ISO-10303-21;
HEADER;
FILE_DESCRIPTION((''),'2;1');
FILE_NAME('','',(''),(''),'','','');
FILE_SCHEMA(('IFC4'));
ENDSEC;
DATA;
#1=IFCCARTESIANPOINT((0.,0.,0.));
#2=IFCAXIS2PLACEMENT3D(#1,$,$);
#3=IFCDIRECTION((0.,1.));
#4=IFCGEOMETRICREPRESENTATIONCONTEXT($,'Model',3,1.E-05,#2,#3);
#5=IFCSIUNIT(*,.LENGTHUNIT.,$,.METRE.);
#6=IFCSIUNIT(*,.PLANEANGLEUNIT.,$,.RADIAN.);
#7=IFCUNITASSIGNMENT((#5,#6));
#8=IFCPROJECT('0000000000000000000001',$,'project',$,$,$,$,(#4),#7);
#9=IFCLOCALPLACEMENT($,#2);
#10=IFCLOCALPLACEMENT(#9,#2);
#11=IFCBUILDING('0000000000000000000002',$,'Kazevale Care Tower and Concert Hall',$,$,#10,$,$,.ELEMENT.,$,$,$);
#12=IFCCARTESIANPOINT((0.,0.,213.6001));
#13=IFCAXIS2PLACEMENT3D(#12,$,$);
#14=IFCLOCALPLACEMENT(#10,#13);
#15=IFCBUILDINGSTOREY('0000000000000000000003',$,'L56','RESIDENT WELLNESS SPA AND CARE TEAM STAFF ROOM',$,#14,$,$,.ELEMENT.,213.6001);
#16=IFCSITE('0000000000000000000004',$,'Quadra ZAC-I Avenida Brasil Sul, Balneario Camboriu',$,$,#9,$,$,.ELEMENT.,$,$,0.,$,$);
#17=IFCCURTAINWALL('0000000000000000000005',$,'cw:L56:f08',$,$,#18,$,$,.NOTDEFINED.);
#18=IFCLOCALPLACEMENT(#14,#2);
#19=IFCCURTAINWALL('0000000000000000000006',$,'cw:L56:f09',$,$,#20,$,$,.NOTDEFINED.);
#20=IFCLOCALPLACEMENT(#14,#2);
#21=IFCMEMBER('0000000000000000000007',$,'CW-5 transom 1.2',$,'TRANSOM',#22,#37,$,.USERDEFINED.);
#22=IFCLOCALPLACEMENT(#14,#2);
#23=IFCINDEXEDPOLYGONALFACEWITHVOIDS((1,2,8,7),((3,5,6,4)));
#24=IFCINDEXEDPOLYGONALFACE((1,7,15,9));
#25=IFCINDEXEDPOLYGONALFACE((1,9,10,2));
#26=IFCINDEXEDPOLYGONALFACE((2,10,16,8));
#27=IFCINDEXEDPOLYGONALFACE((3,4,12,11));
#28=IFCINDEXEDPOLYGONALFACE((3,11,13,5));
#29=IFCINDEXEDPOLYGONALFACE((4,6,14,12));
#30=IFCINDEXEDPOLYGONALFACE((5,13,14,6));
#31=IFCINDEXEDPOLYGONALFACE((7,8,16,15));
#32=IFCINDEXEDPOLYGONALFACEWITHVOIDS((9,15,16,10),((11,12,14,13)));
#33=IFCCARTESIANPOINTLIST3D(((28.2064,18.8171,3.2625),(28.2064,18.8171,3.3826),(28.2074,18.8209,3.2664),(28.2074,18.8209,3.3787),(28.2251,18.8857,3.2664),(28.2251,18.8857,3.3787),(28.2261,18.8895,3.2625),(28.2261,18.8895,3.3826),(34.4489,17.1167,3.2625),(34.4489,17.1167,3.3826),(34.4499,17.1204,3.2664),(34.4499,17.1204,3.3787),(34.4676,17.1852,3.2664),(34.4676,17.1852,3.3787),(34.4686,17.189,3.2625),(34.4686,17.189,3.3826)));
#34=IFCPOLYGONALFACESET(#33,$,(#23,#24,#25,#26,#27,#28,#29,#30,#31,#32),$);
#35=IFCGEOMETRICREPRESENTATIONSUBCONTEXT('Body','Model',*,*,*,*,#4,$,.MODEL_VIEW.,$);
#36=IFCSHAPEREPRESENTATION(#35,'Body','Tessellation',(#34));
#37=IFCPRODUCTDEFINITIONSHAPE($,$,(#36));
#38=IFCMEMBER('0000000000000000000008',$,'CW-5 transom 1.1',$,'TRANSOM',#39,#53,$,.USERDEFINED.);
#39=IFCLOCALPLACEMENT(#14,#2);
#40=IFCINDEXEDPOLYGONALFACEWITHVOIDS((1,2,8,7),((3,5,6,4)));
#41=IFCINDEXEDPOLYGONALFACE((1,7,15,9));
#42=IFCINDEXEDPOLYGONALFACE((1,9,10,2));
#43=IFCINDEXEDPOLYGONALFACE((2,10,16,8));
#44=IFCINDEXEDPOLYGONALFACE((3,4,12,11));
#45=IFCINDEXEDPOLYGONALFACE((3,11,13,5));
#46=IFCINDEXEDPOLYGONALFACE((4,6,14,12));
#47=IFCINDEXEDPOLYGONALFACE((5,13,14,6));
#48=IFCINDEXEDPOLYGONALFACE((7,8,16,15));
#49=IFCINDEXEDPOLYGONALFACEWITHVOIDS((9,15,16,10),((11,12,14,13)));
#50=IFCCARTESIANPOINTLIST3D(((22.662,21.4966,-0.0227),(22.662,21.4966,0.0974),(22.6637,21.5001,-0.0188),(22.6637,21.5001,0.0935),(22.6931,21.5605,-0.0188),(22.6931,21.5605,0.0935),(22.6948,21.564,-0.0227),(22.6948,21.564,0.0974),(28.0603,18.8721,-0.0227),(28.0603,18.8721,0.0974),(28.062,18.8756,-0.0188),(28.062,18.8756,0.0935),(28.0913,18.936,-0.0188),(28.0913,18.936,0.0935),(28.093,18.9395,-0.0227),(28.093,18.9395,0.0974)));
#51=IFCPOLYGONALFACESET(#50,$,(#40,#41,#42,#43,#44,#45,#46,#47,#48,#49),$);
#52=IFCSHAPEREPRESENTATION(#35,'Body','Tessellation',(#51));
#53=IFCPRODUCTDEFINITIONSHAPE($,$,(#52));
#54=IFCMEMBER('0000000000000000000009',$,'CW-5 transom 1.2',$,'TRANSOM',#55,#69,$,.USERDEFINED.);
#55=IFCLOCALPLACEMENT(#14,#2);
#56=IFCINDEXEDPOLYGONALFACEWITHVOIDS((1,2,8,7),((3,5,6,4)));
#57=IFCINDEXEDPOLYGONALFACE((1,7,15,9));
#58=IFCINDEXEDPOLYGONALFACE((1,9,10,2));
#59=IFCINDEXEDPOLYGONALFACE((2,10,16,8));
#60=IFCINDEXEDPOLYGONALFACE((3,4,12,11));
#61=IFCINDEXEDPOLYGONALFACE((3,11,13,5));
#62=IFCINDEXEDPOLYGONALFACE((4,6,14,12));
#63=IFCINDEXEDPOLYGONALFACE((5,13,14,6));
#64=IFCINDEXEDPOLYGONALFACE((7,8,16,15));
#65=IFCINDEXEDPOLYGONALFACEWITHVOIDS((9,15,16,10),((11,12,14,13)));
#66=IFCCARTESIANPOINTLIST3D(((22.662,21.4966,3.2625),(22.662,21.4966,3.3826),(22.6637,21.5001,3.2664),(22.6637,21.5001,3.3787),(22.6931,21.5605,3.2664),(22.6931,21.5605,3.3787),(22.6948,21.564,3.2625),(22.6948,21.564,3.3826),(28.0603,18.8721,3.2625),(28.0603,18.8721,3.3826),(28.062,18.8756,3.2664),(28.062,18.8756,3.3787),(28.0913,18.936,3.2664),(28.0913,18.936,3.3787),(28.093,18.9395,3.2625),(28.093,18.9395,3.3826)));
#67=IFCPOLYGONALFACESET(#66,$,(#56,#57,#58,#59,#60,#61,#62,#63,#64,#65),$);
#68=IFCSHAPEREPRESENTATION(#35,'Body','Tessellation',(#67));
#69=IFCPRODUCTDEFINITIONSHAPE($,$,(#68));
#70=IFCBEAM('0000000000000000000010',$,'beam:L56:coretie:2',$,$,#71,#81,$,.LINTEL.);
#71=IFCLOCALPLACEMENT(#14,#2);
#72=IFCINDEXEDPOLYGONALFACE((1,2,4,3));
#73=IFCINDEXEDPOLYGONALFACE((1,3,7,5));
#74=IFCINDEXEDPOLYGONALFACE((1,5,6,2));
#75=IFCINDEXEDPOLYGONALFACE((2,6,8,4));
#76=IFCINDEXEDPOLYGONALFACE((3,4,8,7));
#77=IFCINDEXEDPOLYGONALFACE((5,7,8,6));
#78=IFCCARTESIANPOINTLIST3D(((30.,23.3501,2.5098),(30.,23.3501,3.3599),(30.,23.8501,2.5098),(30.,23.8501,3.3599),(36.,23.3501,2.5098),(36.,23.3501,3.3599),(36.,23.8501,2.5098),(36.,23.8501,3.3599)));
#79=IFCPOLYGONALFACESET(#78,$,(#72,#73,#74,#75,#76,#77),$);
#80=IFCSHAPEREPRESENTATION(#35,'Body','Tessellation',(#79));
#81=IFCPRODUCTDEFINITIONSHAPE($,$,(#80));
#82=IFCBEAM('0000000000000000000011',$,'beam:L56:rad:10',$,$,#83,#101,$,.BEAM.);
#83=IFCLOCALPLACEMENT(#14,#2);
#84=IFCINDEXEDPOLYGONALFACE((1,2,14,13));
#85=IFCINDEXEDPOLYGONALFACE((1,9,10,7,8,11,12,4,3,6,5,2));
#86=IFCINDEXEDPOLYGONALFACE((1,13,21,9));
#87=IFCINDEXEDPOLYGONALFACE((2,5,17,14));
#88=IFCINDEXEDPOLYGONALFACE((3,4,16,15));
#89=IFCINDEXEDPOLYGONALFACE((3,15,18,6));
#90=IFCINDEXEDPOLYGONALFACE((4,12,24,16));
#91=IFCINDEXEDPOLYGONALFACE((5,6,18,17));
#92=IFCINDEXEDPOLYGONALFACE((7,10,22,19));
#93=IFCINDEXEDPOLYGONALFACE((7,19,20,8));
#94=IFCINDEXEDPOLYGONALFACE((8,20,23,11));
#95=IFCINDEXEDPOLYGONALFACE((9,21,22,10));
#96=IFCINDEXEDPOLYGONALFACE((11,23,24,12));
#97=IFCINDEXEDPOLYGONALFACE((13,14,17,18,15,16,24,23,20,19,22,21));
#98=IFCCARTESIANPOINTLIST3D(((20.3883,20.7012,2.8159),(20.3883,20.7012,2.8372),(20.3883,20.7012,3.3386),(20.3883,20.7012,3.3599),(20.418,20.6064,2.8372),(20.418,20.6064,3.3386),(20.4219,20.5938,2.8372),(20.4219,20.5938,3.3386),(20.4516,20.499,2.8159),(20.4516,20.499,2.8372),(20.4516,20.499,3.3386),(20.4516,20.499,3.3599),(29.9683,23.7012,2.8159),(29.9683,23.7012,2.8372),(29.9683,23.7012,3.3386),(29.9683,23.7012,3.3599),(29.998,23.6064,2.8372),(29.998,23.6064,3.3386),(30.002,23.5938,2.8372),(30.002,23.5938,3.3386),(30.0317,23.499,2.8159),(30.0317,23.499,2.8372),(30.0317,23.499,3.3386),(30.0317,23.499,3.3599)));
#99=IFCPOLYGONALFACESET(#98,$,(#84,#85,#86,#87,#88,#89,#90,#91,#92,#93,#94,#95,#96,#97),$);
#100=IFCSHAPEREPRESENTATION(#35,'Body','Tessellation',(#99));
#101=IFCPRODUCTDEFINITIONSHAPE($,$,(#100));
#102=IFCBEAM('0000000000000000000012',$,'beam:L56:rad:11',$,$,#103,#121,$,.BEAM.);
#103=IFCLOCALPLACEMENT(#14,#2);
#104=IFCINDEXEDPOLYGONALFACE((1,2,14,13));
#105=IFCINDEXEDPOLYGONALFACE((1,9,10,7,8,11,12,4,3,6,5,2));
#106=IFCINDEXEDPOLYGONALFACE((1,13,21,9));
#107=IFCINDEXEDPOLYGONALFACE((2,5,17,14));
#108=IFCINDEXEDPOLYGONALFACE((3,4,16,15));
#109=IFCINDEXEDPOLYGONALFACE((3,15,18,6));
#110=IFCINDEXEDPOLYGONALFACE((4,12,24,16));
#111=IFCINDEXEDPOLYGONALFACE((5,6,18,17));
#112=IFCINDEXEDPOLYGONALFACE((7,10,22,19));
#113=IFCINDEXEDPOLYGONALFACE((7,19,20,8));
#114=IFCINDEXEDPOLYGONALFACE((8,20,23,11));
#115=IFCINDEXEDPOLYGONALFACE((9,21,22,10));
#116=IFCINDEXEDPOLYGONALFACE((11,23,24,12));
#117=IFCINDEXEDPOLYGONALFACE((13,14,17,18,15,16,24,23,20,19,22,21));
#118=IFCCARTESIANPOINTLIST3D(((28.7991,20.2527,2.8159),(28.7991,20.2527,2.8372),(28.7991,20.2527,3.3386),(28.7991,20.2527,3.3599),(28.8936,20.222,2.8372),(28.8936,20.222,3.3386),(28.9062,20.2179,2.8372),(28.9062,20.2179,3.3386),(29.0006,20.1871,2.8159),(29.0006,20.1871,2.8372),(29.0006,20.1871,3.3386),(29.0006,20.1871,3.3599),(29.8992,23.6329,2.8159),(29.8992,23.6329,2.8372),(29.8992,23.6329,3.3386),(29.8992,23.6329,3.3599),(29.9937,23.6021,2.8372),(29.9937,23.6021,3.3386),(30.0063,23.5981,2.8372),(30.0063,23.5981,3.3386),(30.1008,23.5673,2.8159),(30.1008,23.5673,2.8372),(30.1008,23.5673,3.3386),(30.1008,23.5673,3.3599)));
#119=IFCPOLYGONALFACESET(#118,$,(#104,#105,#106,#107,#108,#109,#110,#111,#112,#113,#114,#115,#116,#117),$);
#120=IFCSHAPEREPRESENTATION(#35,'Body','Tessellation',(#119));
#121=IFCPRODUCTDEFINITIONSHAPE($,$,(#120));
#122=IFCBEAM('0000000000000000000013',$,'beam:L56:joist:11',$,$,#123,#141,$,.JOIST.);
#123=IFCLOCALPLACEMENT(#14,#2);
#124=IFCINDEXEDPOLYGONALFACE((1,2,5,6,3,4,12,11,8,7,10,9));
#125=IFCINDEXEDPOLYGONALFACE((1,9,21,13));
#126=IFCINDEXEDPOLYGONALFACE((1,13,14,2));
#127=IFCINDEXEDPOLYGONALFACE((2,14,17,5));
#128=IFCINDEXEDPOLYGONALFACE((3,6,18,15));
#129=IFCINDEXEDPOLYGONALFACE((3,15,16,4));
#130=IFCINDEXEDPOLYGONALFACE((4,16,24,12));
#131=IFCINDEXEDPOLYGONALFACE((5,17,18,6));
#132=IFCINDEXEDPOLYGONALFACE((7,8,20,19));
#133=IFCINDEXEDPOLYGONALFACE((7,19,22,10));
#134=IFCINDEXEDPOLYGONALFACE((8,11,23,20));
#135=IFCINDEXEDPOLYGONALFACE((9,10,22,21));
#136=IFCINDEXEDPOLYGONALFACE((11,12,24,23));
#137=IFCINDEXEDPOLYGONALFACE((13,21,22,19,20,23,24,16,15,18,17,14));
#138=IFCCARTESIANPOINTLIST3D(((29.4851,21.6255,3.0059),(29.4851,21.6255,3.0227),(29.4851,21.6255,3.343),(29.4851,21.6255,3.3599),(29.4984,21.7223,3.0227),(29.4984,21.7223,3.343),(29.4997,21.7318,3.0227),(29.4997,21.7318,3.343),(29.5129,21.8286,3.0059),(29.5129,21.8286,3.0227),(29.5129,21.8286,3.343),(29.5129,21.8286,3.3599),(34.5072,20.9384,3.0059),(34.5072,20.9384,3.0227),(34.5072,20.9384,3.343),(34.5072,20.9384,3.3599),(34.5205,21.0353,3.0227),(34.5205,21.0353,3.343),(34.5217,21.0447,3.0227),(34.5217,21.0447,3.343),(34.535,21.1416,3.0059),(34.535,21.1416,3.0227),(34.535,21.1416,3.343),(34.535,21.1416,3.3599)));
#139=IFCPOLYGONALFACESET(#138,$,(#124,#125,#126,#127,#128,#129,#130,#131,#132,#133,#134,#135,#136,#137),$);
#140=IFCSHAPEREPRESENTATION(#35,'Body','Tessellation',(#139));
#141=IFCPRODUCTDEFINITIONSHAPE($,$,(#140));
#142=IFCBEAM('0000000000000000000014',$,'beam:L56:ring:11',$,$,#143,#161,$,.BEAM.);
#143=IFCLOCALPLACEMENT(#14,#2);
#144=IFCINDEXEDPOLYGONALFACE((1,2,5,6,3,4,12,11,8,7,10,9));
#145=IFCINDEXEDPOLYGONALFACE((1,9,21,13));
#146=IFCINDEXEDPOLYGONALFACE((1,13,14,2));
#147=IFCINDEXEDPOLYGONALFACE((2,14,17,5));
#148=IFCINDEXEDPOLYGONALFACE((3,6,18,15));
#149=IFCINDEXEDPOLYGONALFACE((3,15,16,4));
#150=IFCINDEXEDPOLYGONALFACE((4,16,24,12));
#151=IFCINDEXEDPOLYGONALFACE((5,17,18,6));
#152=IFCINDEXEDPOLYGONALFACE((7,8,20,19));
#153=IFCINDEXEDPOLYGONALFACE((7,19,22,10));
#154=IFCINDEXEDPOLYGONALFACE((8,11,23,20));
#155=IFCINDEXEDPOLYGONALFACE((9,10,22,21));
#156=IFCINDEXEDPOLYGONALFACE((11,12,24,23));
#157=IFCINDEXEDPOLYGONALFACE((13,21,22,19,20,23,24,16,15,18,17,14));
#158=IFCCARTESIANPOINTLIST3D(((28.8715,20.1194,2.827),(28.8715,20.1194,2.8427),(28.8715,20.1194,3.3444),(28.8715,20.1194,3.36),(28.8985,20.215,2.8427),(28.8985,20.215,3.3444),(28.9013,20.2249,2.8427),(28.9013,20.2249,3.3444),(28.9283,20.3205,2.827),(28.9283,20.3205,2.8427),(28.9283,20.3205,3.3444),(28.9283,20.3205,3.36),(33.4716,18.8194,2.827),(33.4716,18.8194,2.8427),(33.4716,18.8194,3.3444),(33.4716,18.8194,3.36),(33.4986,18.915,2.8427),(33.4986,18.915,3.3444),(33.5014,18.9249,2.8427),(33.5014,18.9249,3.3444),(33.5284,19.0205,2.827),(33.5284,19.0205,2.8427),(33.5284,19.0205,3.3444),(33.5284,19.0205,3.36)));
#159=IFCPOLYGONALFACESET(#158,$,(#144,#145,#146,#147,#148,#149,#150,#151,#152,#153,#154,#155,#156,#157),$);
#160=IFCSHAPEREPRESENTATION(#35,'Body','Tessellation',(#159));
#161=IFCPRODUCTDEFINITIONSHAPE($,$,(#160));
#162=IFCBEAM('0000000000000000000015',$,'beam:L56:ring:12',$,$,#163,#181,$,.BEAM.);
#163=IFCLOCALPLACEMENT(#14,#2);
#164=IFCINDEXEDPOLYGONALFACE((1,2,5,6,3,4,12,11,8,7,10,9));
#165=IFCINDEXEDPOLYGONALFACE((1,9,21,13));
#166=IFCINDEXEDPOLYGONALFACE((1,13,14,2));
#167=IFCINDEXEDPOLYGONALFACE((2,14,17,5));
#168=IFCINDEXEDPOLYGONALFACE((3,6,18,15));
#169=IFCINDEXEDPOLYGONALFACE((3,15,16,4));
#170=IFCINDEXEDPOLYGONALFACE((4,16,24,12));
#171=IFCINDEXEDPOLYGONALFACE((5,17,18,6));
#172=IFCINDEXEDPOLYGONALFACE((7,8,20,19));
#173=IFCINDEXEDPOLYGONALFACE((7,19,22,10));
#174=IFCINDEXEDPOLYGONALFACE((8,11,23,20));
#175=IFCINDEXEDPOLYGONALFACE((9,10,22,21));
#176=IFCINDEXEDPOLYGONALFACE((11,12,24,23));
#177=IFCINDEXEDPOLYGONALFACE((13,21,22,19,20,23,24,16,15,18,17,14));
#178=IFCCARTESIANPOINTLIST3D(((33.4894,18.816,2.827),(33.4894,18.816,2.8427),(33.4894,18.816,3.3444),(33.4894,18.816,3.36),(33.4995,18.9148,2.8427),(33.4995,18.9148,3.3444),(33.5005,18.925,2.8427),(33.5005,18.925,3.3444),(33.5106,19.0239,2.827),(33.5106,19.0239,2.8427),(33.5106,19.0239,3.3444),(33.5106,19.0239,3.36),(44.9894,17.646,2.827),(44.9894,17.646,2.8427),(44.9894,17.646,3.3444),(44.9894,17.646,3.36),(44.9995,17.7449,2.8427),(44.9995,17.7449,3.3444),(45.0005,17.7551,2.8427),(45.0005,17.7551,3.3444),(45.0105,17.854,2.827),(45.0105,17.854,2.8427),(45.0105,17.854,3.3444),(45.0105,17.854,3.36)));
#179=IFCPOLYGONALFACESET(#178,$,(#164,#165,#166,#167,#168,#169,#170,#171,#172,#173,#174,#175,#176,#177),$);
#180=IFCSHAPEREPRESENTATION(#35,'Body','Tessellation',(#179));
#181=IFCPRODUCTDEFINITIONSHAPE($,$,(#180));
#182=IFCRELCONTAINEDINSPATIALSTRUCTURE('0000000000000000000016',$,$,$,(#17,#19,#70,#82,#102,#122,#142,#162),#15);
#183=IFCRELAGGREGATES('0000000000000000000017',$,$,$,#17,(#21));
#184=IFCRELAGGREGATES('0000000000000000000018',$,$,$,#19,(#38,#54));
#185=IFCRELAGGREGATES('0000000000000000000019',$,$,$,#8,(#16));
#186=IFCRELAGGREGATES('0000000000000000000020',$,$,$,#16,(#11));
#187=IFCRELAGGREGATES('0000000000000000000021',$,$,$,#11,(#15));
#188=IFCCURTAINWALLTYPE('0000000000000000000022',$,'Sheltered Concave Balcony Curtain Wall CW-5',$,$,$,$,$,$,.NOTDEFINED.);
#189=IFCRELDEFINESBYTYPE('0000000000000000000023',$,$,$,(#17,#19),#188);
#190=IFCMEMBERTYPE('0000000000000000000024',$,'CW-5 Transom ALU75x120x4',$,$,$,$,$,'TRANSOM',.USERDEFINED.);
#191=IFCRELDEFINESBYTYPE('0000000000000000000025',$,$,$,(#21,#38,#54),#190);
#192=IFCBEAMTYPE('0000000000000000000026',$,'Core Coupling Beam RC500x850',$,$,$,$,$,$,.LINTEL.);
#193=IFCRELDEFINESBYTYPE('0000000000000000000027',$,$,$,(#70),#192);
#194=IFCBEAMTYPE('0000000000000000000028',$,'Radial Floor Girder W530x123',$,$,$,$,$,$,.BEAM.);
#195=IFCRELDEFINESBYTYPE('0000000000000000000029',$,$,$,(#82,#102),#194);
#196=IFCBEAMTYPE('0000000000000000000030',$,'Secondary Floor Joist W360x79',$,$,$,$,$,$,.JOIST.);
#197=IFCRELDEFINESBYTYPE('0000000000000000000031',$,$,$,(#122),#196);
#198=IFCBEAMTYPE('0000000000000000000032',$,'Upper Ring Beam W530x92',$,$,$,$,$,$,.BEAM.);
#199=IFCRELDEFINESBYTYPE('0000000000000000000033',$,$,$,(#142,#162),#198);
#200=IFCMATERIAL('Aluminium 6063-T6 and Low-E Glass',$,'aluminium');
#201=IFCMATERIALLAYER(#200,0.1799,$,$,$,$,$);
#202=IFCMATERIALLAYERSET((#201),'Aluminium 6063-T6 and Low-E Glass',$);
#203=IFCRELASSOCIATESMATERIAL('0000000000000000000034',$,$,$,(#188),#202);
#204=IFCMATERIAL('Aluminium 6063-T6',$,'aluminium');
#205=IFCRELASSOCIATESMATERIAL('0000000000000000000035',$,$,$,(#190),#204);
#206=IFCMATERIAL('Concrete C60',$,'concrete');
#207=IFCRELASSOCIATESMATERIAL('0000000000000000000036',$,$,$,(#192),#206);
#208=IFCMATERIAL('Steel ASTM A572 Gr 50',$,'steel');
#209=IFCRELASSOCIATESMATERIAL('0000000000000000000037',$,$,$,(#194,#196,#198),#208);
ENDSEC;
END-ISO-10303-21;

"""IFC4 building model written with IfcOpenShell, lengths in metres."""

from ifc_helpers import new_model, si_unit, direction, frame, origin, origin_2d, place, context, subcontext, project, spatial, rectangle, hollow_rectangle, i_section, extrude, material, layer, layer_set, material_profile, profile_set, type_object, element, aggregate, save


model = new_model("IFC4")

# Units and contexts
model_context = context("Model", 3, precision=1e-05, world=origin(), true_north=direction((0.0, 1.0)))
body_context = subcontext(model_context, "Body", "Model", "MODEL_VIEW")
ifc_project = project(units=[si_unit("LENGTHUNIT", "METRE"), si_unit("PLANEANGLEUNIT", "RADIAN")], contexts=[model_context])

# Site, building, storey
site_placement = place(None, origin())
site = spatial("IfcSite", under=ifc_project, at=site_placement, Name="Quadra ZAC-I Avenida Brasil Sul, Balneario Camboriu", CompositionType="ELEMENT", RefElevation=0.0)
building_placement = place(site_placement, origin())
building = spatial("IfcBuilding", under=site, at=building_placement, Name="Kazevale Care Tower and Concert Hall", CompositionType="ELEMENT")
storey_placement = place(building_placement, frame((0.0, 0.0, 213.6001)))
storey = spatial("IfcBuildingStorey", under=building, at=storey_placement, Name="L56", Description="RESIDENT WELLNESS SPA AND CARE TEAM STAFF ROOM", CompositionType="ELEMENT", Elevation=213.6001)

# Curtain wall
ifc_material_1 = material(Name="Aluminium 6063-T6 and Low-E Glass", Category="aluminium")
ifc_layer_1 = layer(ifc_material_1, 0.1799)
ifc_layer_set_1 = layer_set([ifc_layer_1], Name="Aluminium 6063-T6 and Low-E Glass")
curtain_wall_type = type_object("IfcCurtainWallType", Name="Sheltered Concave Balcony Curtain Wall CW-5", PredefinedType="NOTDEFINED", material=ifc_layer_set_1)
curtain_wall_1_placement = place(storey_placement, origin())
curtain_wall_1 = element("IfcCurtainWall", 1, at=curtain_wall_1_placement, inside=storey, type_object=curtain_wall_type, Name="cw:L56:f08", PredefinedType="NOTDEFINED")
ifc_material_2 = material(Name="Aluminium 6063-T6", Category="aluminium")

# Curtain wall
curtain_wall_2_placement = place(storey_placement, origin())
curtain_wall_2 = element("IfcCurtainWall", 2, at=curtain_wall_2_placement, inside=storey, type_object=curtain_wall_type, Name="cw:L56:f09", PredefinedType="NOTDEFINED")

# Members
ifc_material_profile_1 = material_profile(ifc_material_2, hollow_rectangle(XDim=0.075, YDim=0.1201, WallThickness=0.0039, at=origin_2d()), Name="ALU75x120x4")
ifc_profile_set_1 = profile_set([ifc_material_profile_1], Name="Aluminium 6063-T6")
member_type_1 = type_object("IfcMemberType", Name="CW-5 Transom ALU75x120x4", ElementType="TRANSOM", PredefinedType="USERDEFINED", material=ifc_profile_set_1)
member_1_placement = place(storey_placement, frame((34.4587, 17.1528, 3.3225), z_axis=(-0.964844, 0.262824, 0.0), x_axis=(-0.262824, -0.964844, 0.0)))
member_1 = element("IfcMember", 3, at=member_1_placement, type_object=member_type_1, Name="CW-5 transom 1.2", ObjectType="TRANSOM", PredefinedType="USERDEFINED", context=body_context, shape_type="SweptSolid", body=[
    extrude(hollow_rectangle(XDim=0.075, YDim=0.1201, WallThickness=0.0039, at=origin_2d()), origin(), (0.0, 0.0, 1.0), 6.47),
])
member_2_placement = place(storey_placement, frame((28.0767, 18.9058, 0.0374), z_axis=(-0.899342, 0.437245, 0.0), x_axis=(-0.437245, -0.899342, 0.0)))
member_2 = element("IfcMember", 4, at=member_2_placement, type_object=member_type_1, Name="CW-5 transom 1.1", ObjectType="TRANSOM", PredefinedType="USERDEFINED", context=body_context, shape_type="SweptSolid", body=[
    extrude(hollow_rectangle(XDim=0.075, YDim=0.1201, WallThickness=0.0039, at=origin_2d()), origin(), (0.0, 0.0, 1.0), 6.0024),
])
member_3_placement = place(storey_placement, frame((28.0767, 18.9058, 3.3225), z_axis=(-0.899342, 0.437245, 0.0), x_axis=(-0.437245, -0.899342, 0.0)))
member_3 = element("IfcMember", 5, at=member_3_placement, type_object=member_type_1, Name="CW-5 transom 1.2", ObjectType="TRANSOM", PredefinedType="USERDEFINED", context=body_context, shape_type="SweptSolid", body=[
    extrude(hollow_rectangle(XDim=0.075, YDim=0.1201, WallThickness=0.0039, at=origin_2d()), origin(), (0.0, 0.0, 1.0), 6.0024),
])

# Beams
ifc_material_3 = material(Name="Concrete C60", Category="concrete")
ifc_material_profile_2 = material_profile(ifc_material_3, rectangle(XDim=0.5, YDim=0.8501, at=origin_2d()), Name="RC-B500x850")
ifc_profile_set_2 = profile_set([ifc_material_profile_2], Name="Concrete C60")
beam_type_1 = type_object("IfcBeamType", Name="Core Coupling Beam RC500x850", PredefinedType="LINTEL", material=ifc_profile_set_2)
beam_1_placement = place(storey_placement, frame((30.0, 23.6001, 2.9348), z_axis=(1.0, 0.0, 0.0), x_axis=(0.0, 1.0, 0.0)))
element("IfcBeam", 6, at=beam_1_placement, inside=storey, type_object=beam_type_1, Name="beam:L56:coretie:2", PredefinedType="LINTEL", context=body_context, shape_type="SweptSolid", body=[
    extrude(rectangle(XDim=0.5, YDim=0.8501, at=origin_2d()), origin(), (0.0, 0.0, 1.0), 6.0),
])
ifc_material_4 = material(Name="Steel ASTM A572 Gr 50", Category="steel")
ifc_material_profile_3 = material_profile(ifc_material_4, i_section(OverallWidth=0.2119, OverallDepth=0.5439, WebThickness=0.0132, FlangeThickness=0.0212, at=origin_2d()), Name="W530x123")
ifc_profile_set_3 = profile_set([ifc_material_profile_3], Name="Steel ASTM A572 Gr 50")
beam_type_2 = type_object("IfcBeamType", Name="Radial Floor Girder W530x123", PredefinedType="BEAM", material=ifc_profile_set_3)
beam_2_placement = place(storey_placement, frame((30.0, 23.6001, 3.0879), z_axis=(-0.954303, -0.29884, 0.0), x_axis=(0.29884, -0.954303, 0.0)))
element("IfcBeam", 7, at=beam_2_placement, inside=storey, type_object=beam_type_2, Name="beam:L56:rad:10", PredefinedType="BEAM", context=body_context, shape_type="SweptSolid", body=[
    extrude(i_section(OverallWidth=0.2119, OverallDepth=0.5439, WebThickness=0.0132, FlangeThickness=0.0212, at=origin_2d()), origin(), (0.0, 0.0, 1.0), 10.0388),
])
beam_3_placement = place(storey_placement, frame((30.0, 23.6001, 3.0879), z_axis=(-0.309482, -0.950905, 0.0), x_axis=(0.950905, -0.309482, 0.0)))
element("IfcBeam", 8, at=beam_3_placement, inside=storey, type_object=beam_type_2, Name="beam:L56:rad:11", PredefinedType="BEAM", context=body_context, shape_type="SweptSolid", body=[
    extrude(i_section(OverallWidth=0.2119, OverallDepth=0.5439, WebThickness=0.0132, FlangeThickness=0.0212, at=origin_2d()), origin(), (0.0, 0.0, 1.0), 3.5547),
])
ifc_material_profile_4 = material_profile(ifc_material_4, i_section(OverallWidth=0.2051, OverallDepth=0.354, WebThickness=0.0095, FlangeThickness=0.0168, at=origin_2d()), Name="W360x79")
ifc_profile_set_4 = profile_set([ifc_material_profile_4], Name="Steel ASTM A572 Gr 50")
beam_type_3 = type_object("IfcBeamType", Name="Secondary Floor Joist W360x79", PredefinedType="JOIST", material=ifc_profile_set_4)
beam_4_placement = place(storey_placement, frame((29.499, 21.7271, 3.1829), z_axis=(0.990772, -0.135539, 0.0), x_axis=(0.135539, 0.990772, 0.0)))
element("IfcBeam", 9, at=beam_4_placement, inside=storey, type_object=beam_type_3, Name="beam:L56:joist:11", PredefinedType="JOIST", context=body_context, shape_type="SweptSolid", body=[
    extrude(i_section(OverallWidth=0.2051, OverallDepth=0.354, WebThickness=0.0095, FlangeThickness=0.0168, at=origin_2d()), origin(), (0.0, 0.0, 1.0), 5.0688),
])
ifc_material_profile_5 = material_profile(ifc_material_4, i_section(OverallWidth=0.209, OverallDepth=0.533, WebThickness=0.0103, FlangeThickness=0.0156, at=origin_2d()), Name="W530x92")
ifc_profile_set_5 = profile_set([ifc_material_profile_5], Name="Steel ASTM A572 Gr 50")
beam_type_4 = type_object("IfcBeamType", Name="Upper Ring Beam W530x92", PredefinedType="BEAM", material=ifc_profile_set_5)
beam_5_placement = place(storey_placement, frame((28.8999, 20.22, 3.0935), z_axis=(0.962308, -0.271961, 0.0), x_axis=(0.271961, 0.962308, 0.0)))
element("IfcBeam", 10, at=beam_5_placement, inside=storey, type_object=beam_type_4, Name="beam:L56:ring:11", PredefinedType="BEAM", context=body_context, shape_type="SweptSolid", body=[
    extrude(i_section(OverallWidth=0.209, OverallDepth=0.533, WebThickness=0.0103, FlangeThickness=0.0156, at=origin_2d()), origin(), (0.0, 0.0, 1.0), 4.7803),
])
beam_6_placement = place(storey_placement, frame((33.5, 18.9199, 3.0935), z_axis=(0.994865, -0.10121, 0.0), x_axis=(0.10121, 0.994865, 0.0)))
element("IfcBeam", 11, at=beam_6_placement, inside=storey, type_object=beam_type_4, Name="beam:L56:ring:12", PredefinedType="BEAM", context=body_context, shape_type="SweptSolid", body=[
    extrude(i_section(OverallWidth=0.209, OverallDepth=0.533, WebThickness=0.0103, FlangeThickness=0.0156, at=origin_2d()), origin(), (0.0, 0.0, 1.0), 11.5593),
])

aggregate(curtain_wall_1, [member_1])
aggregate(curtain_wall_2, [member_2, member_3])

save(model, "model.ifc")
